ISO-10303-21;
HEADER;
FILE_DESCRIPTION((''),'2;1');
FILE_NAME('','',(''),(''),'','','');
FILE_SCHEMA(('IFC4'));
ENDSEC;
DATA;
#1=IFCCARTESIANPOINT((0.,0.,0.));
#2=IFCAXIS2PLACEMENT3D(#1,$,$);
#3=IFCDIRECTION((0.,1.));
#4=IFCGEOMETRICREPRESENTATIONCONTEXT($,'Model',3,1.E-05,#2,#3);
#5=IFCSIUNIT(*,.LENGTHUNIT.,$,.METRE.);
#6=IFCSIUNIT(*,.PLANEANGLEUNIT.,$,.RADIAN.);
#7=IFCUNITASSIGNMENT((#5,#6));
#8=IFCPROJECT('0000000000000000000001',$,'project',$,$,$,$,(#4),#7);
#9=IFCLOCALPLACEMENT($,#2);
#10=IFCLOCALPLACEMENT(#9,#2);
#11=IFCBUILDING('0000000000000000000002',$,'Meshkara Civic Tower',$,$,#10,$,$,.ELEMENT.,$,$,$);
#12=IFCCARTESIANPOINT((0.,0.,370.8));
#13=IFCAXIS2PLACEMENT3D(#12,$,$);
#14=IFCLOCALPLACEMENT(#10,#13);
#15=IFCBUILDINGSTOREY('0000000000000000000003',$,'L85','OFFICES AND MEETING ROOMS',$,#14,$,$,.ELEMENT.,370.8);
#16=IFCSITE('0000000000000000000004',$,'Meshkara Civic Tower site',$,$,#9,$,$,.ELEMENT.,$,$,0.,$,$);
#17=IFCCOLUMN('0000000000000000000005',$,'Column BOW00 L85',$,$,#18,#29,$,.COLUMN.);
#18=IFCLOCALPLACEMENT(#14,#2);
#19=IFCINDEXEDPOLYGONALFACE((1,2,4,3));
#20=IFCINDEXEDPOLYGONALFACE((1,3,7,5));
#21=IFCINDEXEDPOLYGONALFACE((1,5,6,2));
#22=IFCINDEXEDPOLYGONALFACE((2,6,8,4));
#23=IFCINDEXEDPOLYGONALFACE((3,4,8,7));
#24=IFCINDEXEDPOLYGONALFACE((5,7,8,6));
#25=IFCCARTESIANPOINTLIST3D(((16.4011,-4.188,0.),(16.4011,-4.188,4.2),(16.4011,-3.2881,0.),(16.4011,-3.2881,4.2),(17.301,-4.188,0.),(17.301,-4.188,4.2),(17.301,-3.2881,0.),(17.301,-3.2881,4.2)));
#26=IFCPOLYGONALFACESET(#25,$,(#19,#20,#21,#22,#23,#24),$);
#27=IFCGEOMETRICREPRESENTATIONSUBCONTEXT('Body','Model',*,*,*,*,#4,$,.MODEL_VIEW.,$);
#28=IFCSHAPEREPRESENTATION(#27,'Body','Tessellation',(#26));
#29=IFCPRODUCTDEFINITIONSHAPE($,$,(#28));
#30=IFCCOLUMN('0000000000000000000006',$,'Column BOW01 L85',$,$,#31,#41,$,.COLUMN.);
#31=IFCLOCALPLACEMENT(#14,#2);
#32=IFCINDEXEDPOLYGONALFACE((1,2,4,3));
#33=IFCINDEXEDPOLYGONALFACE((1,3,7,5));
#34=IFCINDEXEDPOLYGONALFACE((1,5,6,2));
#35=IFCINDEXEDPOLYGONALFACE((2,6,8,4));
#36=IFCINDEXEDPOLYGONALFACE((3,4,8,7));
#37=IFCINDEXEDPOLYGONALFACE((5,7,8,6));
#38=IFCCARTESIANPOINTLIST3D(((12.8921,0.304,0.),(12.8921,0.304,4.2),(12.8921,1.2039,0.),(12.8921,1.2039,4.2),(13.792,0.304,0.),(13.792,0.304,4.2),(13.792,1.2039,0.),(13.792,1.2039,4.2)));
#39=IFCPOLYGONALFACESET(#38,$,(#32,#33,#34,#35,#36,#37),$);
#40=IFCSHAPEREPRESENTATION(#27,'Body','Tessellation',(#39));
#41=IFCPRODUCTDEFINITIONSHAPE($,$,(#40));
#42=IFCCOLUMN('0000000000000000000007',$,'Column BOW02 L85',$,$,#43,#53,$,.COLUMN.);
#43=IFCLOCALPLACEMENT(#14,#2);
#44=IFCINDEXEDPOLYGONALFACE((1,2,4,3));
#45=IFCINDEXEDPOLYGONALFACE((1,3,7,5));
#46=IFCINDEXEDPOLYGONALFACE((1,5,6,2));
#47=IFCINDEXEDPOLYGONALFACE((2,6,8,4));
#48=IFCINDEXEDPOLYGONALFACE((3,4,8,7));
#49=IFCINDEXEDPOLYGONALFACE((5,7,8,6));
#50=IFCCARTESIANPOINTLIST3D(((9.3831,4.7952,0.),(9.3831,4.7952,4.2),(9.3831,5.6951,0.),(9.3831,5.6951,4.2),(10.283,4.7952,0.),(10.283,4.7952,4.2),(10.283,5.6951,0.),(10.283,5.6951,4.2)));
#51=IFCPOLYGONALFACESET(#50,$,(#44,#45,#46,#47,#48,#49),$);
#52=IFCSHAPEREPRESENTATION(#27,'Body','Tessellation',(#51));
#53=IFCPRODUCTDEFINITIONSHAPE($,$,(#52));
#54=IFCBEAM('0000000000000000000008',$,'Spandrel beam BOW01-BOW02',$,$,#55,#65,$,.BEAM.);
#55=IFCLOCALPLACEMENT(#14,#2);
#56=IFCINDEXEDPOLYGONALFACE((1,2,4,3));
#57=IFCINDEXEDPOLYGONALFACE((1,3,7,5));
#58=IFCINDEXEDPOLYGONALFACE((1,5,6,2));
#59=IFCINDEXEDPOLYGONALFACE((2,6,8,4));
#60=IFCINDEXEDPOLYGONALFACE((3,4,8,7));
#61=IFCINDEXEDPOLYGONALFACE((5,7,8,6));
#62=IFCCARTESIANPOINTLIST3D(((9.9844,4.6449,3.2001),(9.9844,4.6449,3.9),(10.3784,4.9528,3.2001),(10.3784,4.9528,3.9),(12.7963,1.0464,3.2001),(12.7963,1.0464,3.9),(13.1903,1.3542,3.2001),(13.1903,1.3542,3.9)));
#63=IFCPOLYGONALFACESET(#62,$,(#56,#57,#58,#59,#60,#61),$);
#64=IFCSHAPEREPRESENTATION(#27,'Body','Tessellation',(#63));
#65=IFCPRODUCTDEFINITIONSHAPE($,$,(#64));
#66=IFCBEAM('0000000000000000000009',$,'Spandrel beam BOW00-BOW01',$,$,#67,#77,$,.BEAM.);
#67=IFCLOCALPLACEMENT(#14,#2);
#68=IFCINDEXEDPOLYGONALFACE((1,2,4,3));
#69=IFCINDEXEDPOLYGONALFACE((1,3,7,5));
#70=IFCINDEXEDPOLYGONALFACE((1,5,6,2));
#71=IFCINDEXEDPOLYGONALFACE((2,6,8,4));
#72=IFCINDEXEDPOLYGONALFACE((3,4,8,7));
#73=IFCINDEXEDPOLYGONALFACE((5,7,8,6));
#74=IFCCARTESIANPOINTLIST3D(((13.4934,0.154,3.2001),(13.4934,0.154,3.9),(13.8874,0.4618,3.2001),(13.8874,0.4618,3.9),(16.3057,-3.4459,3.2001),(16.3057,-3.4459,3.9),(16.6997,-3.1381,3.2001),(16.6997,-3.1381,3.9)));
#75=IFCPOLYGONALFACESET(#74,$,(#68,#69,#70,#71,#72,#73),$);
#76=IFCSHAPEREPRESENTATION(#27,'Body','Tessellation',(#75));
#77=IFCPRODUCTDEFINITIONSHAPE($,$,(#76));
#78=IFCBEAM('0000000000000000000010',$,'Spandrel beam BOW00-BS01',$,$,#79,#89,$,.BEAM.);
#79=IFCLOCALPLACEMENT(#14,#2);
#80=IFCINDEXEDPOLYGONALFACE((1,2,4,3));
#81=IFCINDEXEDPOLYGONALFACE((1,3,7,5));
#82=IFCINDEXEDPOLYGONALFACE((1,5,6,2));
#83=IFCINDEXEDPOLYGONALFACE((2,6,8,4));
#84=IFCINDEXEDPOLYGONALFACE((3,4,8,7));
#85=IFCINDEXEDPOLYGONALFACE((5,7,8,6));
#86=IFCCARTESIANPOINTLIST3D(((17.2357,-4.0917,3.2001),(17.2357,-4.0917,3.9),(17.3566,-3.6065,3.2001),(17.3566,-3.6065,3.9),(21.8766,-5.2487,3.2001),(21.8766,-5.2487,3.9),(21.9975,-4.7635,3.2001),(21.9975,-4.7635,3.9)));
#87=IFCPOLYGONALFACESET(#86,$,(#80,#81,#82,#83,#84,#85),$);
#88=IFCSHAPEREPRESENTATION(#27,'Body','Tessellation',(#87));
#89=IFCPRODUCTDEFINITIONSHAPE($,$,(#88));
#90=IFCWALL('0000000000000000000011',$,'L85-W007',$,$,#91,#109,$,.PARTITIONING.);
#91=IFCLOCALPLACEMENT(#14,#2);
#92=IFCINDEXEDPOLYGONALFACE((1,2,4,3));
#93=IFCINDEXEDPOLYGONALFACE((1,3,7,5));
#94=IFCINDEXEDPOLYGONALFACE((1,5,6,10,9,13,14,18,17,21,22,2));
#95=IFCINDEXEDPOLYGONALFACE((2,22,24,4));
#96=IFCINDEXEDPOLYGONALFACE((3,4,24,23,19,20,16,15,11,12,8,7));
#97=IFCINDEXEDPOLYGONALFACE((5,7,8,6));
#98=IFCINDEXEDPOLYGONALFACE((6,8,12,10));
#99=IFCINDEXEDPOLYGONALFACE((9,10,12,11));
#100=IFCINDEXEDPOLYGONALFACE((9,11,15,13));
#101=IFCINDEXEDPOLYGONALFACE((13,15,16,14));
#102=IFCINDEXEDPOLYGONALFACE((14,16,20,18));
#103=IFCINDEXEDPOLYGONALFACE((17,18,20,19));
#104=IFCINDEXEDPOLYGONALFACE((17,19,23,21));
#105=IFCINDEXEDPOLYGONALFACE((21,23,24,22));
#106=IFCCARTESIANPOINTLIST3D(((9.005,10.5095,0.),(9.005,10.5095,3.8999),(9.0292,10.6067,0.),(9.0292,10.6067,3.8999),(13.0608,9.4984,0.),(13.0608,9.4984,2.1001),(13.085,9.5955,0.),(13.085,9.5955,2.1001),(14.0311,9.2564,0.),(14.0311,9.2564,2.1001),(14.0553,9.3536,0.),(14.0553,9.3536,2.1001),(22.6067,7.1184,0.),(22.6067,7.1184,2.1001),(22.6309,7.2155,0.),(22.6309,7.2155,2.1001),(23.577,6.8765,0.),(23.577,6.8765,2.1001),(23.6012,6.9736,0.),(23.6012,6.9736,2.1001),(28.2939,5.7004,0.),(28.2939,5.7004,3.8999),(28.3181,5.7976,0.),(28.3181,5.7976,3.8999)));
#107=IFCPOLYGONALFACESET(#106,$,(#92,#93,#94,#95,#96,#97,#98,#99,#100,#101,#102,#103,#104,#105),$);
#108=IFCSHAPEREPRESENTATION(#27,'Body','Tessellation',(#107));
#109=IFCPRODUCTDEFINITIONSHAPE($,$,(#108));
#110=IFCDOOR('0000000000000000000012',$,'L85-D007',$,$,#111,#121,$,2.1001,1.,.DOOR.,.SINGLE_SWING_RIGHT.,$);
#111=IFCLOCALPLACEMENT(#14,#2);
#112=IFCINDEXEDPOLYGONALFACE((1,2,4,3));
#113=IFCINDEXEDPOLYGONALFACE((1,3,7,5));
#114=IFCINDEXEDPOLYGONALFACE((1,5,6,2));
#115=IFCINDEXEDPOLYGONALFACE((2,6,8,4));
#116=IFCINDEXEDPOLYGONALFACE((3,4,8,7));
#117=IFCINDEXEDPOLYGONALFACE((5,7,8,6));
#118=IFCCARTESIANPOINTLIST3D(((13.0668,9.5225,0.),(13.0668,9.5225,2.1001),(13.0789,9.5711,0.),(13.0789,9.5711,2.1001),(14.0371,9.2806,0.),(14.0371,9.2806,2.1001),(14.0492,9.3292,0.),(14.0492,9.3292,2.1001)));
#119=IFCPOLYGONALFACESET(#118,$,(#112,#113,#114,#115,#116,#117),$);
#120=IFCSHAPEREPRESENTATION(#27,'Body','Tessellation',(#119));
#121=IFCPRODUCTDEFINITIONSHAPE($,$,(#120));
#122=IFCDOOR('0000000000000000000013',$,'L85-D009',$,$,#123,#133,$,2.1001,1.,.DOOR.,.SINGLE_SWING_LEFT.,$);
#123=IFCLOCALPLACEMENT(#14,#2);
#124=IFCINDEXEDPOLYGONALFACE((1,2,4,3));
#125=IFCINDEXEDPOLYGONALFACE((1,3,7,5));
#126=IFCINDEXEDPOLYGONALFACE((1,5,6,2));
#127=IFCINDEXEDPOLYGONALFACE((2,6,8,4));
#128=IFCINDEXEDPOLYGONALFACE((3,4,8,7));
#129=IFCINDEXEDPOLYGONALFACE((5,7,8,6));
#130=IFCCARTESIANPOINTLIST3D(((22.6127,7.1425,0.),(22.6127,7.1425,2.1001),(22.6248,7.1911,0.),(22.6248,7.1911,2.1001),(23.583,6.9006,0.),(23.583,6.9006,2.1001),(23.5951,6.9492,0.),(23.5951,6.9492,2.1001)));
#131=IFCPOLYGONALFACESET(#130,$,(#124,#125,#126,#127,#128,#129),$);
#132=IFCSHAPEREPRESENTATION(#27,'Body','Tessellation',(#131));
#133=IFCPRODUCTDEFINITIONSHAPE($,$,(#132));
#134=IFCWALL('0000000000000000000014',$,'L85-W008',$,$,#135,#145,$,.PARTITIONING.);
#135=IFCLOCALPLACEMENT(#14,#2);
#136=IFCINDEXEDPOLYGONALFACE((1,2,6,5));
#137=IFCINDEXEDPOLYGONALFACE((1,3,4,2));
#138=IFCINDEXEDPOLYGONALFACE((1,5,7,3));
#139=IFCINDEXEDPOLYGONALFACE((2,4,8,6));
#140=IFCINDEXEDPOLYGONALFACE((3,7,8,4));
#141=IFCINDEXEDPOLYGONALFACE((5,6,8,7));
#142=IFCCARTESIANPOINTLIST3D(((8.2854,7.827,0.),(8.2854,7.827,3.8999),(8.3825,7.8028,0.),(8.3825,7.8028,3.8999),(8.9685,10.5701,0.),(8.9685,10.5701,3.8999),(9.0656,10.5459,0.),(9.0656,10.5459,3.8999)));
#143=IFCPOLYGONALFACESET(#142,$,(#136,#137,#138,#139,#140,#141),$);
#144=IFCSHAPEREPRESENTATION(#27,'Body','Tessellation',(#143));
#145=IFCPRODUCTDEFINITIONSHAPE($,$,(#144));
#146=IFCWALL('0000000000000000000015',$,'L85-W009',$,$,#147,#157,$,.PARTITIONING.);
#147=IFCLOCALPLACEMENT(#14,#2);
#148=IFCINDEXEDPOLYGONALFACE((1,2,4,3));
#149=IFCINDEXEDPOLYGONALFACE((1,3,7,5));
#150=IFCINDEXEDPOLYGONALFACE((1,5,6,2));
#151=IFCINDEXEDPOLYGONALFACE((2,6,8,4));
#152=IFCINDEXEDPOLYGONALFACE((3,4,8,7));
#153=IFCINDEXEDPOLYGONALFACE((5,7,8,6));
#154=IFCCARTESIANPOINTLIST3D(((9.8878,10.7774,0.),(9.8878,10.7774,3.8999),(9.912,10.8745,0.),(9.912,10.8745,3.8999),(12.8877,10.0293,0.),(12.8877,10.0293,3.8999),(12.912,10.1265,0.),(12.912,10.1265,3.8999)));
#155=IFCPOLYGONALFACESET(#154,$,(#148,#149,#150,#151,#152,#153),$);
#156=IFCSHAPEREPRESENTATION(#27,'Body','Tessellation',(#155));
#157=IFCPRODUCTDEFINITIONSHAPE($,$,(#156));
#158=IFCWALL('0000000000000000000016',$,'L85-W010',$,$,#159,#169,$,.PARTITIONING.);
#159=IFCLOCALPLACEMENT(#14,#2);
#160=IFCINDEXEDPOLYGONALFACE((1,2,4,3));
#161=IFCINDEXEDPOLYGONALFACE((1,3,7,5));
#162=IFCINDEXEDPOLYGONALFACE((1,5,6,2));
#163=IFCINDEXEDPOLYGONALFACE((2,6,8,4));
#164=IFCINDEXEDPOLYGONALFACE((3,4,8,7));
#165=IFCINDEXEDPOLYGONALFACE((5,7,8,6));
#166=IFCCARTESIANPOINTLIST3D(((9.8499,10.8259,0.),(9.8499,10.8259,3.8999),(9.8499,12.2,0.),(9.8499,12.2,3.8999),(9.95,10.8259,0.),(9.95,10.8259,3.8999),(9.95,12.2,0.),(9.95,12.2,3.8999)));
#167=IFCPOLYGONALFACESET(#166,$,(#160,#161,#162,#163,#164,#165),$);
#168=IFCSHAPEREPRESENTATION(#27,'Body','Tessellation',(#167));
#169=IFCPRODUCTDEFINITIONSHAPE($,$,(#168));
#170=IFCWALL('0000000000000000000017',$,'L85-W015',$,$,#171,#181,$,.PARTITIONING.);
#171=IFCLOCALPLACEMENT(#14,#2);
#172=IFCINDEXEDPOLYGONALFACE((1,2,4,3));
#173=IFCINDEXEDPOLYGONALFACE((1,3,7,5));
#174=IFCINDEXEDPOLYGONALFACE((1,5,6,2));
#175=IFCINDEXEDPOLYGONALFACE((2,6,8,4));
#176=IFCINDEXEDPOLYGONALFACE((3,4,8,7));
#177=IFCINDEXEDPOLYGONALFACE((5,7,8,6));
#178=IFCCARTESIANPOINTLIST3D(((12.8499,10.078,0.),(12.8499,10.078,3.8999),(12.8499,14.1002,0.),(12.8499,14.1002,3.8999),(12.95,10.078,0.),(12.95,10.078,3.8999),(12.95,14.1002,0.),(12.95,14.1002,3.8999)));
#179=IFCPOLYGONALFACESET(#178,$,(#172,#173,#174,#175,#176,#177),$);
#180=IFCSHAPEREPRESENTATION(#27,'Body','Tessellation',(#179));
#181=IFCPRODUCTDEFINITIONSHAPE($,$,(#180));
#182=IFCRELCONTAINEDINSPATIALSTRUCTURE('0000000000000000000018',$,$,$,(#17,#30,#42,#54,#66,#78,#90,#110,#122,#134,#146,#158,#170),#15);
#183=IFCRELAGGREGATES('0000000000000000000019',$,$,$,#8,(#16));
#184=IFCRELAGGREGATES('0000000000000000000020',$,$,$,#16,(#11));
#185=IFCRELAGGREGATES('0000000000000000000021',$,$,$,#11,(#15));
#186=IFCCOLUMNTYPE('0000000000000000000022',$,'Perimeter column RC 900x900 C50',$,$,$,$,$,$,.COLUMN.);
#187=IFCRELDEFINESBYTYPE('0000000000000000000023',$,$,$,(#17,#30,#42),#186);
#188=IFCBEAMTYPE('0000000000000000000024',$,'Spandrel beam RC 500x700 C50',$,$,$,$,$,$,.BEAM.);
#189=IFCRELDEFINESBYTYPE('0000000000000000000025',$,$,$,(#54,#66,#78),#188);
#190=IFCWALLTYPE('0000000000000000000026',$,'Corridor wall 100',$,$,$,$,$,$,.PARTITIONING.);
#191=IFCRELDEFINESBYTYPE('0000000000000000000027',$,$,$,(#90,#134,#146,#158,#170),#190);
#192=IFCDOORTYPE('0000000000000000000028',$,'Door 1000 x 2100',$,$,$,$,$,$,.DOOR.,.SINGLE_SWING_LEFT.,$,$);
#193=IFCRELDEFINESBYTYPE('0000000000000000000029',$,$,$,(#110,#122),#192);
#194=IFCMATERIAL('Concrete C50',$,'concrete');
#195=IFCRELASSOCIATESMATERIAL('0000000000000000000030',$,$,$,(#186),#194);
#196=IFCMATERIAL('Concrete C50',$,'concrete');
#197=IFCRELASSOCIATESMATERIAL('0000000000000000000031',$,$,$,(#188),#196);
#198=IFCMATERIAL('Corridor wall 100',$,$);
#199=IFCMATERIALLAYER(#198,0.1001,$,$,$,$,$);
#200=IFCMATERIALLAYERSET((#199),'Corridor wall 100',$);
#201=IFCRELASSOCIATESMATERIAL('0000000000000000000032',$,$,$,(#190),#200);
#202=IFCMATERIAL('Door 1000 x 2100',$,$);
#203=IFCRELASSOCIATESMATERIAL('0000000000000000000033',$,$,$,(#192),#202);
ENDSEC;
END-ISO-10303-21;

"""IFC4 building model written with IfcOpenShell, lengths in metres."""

from ifc_helpers import new_model, si_unit, direction, frame, frame_2d, origin, origin_2d, place, context, subcontext, project, spatial, rectangle, extrude, material, layer, layer_set, material_profile, profile_set, type_object, element, fill, save


model = new_model("IFC4")

# Units and contexts
model_context = context("Model", 3, precision=1e-05, world=origin(), true_north=direction((0.0, 1.0)))
body_context = subcontext(model_context, "Body", "Model", "MODEL_VIEW")
ifc_project = project(units=[si_unit("LENGTHUNIT", "METRE"), si_unit("PLANEANGLEUNIT", "RADIAN")], contexts=[model_context])

# Site, building, storey
site_placement = place(None, origin())
site = spatial("IfcSite", under=ifc_project, at=site_placement, Name="Meshkara Civic Tower site", CompositionType="ELEMENT", RefElevation=0.0)
building_placement = place(site_placement, origin())
building = spatial("IfcBuilding", under=site, at=building_placement, Name="Meshkara Civic Tower", CompositionType="ELEMENT")
storey_placement = place(building_placement, frame((0.0, 0.0, 370.8)))
storey = spatial("IfcBuildingStorey", under=building, at=storey_placement, Name="L85", Description="OFFICES AND MEETING ROOMS", CompositionType="ELEMENT", Elevation=370.8)

# Columns
ifc_material_1 = material(Name="Concrete C50", Category="concrete")
ifc_material_profile_1 = material_profile(ifc_material_1, rectangle(XDim=0.8999, YDim=0.8999, at=origin_2d()))
ifc_profile_set_1 = profile_set([ifc_material_profile_1], Name="Concrete C50")
column_type = type_object("IfcColumnType", Name="Perimeter column RC 900x900 C50", PredefinedType="COLUMN", material=ifc_profile_set_1)
for number, where, z_axis, x_axis, name in (
    (1, (16.8511, -3.738, 0.0), (0.0, 0.0, 1.0), (1.0, 0.0, 0.0), "Column BOW00 L85"),
    (2, (13.342, 0.7539, 0.0), (0.0, 0.0, 1.0), (1.0, 0.0, 0.0), "Column BOW01 L85"),
    (3, (9.833, 5.2451, 0.0), (0.0, 0.0, 1.0), (1.0, 0.0, 0.0), "Column BOW02 L85"),
):
    element("IfcColumn", number, at=place(storey_placement, frame(where, z_axis=z_axis, x_axis=x_axis)), inside=storey, type_object=column_type, Name=name, PredefinedType="COLUMN", context=body_context, shape_type="SweptSolid", body=[
        extrude(rectangle(XDim=0.8999, YDim=0.8999, at=origin_2d()), origin(), (0.0, 0.0, 1.0), 4.2),
    ])

# Beams
ifc_material_2 = material(Name="Concrete C50", Category="concrete")
ifc_material_profile_2 = material_profile(ifc_material_2, rectangle(XDim=0.5, YDim=0.7, at=origin_2d()))
ifc_profile_set_2 = profile_set([ifc_material_profile_2], Name="Concrete C50")
beam_type = type_object("IfcBeamType", Name="Spandrel beam RC 500x700 C50", PredefinedType="BEAM", material=ifc_profile_set_2)
beam_1_placement = place(storey_placement, frame((10.1814, 4.7988, 3.55), z_axis=(0.615723, -0.787963, 0.0), x_axis=(0.787963, 0.615723, 0.0)))
element("IfcBeam", 4, at=beam_1_placement, inside=storey, type_object=beam_type, Name="Spandrel beam BOW01-BOW02", PredefinedType="BEAM", context=body_context, shape_type="SweptSolid", body=[
    extrude(rectangle(XDim=0.5, YDim=0.7, at=origin_2d()), origin(), (0.0, 0.0, 1.0), 4.5669),
])
beam_2_placement = place(storey_placement, frame((13.6904, 0.3079, 3.55), z_axis=(0.615626, -0.788038, 0.0), x_axis=(0.788038, 0.615626, 0.0)))
element("IfcBeam", 5, at=beam_2_placement, inside=storey, type_object=beam_type, Name="Spandrel beam BOW00-BOW01", PredefinedType="BEAM", context=body_context, shape_type="SweptSolid", body=[
    extrude(rectangle(XDim=0.5, YDim=0.7, at=origin_2d()), origin(), (0.0, 0.0, 1.0), 4.5681),
])
beam_3_placement = place(storey_placement, frame((17.2961, -3.8491, 3.55), z_axis=(0.970301, -0.241899, 0.0), x_axis=(0.241899, 0.970301, 0.0)))
element("IfcBeam", 6, at=beam_3_placement, inside=storey, type_object=beam_type, Name="Spandrel beam BOW00-BS01", PredefinedType="BEAM", context=body_context, shape_type="SweptSolid", body=[
    extrude(rectangle(XDim=0.5, YDim=0.7, at=origin_2d()), origin(), (0.0, 0.0, 1.0), 4.783),
])

# Wall, openings, doors
ifc_material_3 = material(Name="Corridor wall 100")
ifc_layer_1 = layer(ifc_material_3, 0.1001)
ifc_layer_set_1 = layer_set([ifc_layer_1], Name="Corridor wall 100")
wall_type_1 = type_object("IfcWallType", Name="Corridor wall 100", PredefinedType="PARTITIONING", material=ifc_layer_set_1)
wall_1_placement = place(storey_placement, frame((9.0171, 10.5581, 0.0), z_axis=(0.0, 0.0, 1.0), x_axis=(0.970298, -0.241914, 0.0)))
wall_1 = element("IfcWall", 7, at=wall_1_placement, inside=storey, type_object=wall_type_1, Name="L85-W007", PredefinedType="PARTITIONING", context=body_context, shape_type="SweptSolid", body=[
    extrude(rectangle(XDim=19.8794, YDim=0.1001, at=frame_2d((9.9397, 0.0))), origin(), (0.0, 0.0, 1.0), 3.8999),
])
opening_1_placement = place(wall_1_placement, frame((4.1799, 0.0, 0.0)))
opening_1 = element("IfcOpeningElement", 8, at=opening_1_placement, cuts=wall_1, PredefinedType="OPENING", context=body_context, shape_type="SweptSolid", body=[
    extrude(rectangle(XDim=1.0, YDim=2.1001, at=frame_2d((0.5, 1.05))), frame((0.0, 0.0601, 0.0), z_axis=(0.0, -1.0, 0.0), x_axis=(1.0, 0.0, 0.0)), (0.0, 0.0, 1.0), 0.1201),
])
opening_2_placement = place(wall_1_placement, frame((14.0181, 0.0, 0.0)))
opening_2 = element("IfcOpeningElement", 9, at=opening_2_placement, cuts=wall_1, PredefinedType="OPENING", context=body_context, shape_type="SweptSolid", body=[
    extrude(rectangle(XDim=1.0, YDim=2.1001, at=frame_2d((0.5, 1.05))), frame((0.0, 0.0601, 0.0), z_axis=(0.0, -1.0, 0.0), x_axis=(1.0, 0.0, 0.0)), (0.0, 0.0, 1.0), 0.1201),
])
ifc_material_4 = material(Name="Door 1000 x 2100")
door_type = type_object("IfcDoorType", Name="Door 1000 x 2100", OperationType="SINGLE_SWING_LEFT", PredefinedType="DOOR", material=ifc_material_4)
door_1_placement = place(opening_1_placement, origin())
door_1 = element("IfcDoor", 10, at=door_1_placement, inside=storey, type_object=door_type, Name="L85-D007", OperationType="SINGLE_SWING_RIGHT", OverallHeight=2.1001, OverallWidth=1.0, PredefinedType="DOOR", context=body_context, shape_type="SweptSolid", body=[
    extrude(rectangle(XDim=1.0, YDim=2.1001, at=frame_2d((0.5, 1.05))), frame((0.0, 0.0249, 0.0), z_axis=(0.0, -1.0, 0.0), x_axis=(1.0, 0.0, 0.0)), (0.0, 0.0, 1.0), 0.05),
])
fill(opening_1, door_1)
door_2_placement = place(opening_2_placement, origin())
door_2 = element("IfcDoor", 11, at=door_2_placement, inside=storey, type_object=door_type, Name="L85-D009", OperationType="SINGLE_SWING_LEFT", OverallHeight=2.1001, OverallWidth=1.0, PredefinedType="DOOR", context=body_context, shape_type="SweptSolid", body=[
    extrude(rectangle(XDim=1.0, YDim=2.1001, at=frame_2d((0.5, 1.05))), frame((0.0, 0.0249, 0.0), z_axis=(0.0, -1.0, 0.0), x_axis=(1.0, 0.0, 0.0)), (0.0, 0.0, 1.0), 0.05),
])
fill(opening_2, door_2)

# Walls
wall_2_placement = place(storey_placement, frame((9.0171, 10.5581, 0.0), z_axis=(0.0, 0.0, 1.0), x_axis=(-0.241641, -0.970366, 0.0)))
element("IfcWall", 12, at=wall_2_placement, inside=storey, type_object=wall_type_1, Name="L85-W008", PredefinedType="PARTITIONING", context=body_context, shape_type="SweptSolid", body=[
    extrude(rectangle(XDim=2.8269, YDim=0.1001, at=frame_2d((1.4136, 0.0))), origin(), (0.0, 0.0, 1.0), 3.8999),
])
wall_3_placement = place(storey_placement, frame((9.8999, 10.8259, 0.0), z_axis=(0.0, 0.0, 1.0), x_axis=(0.970291, -0.241941, 0.0)))
element("IfcWall", 13, at=wall_3_placement, inside=storey, type_object=wall_type_1, Name="L85-W009", PredefinedType="PARTITIONING", context=body_context, shape_type="SweptSolid", body=[
    extrude(rectangle(XDim=3.0918, YDim=0.1001, at=frame_2d((1.5459, 0.0))), origin(), (0.0, 0.0, 1.0), 3.8999),
])
wall_4_placement = place(storey_placement, frame((9.8999, 12.2, 0.0), z_axis=(0.0, 0.0, 1.0), x_axis=(0.0, -1.0, 0.0)))
element("IfcWall", 14, at=wall_4_placement, inside=storey, type_object=wall_type_1, Name="L85-W010", PredefinedType="PARTITIONING", context=body_context, shape_type="SweptSolid", body=[
    extrude(rectangle(XDim=1.374, YDim=0.1001, at=frame_2d((0.687, 0.0))), origin(), (0.0, 0.0, 1.0), 3.8999),
])
wall_5_placement = place(storey_placement, frame((12.8999, 10.0779, 0.0), z_axis=(0.0, 0.0, 1.0), x_axis=(0.0, 1.0, 0.0)))
element("IfcWall", 15, at=wall_5_placement, inside=storey, type_object=wall_type_1, Name="L85-W015", PredefinedType="PARTITIONING", context=body_context, shape_type="SweptSolid", body=[
    extrude(rectangle(XDim=4.0222, YDim=0.1001, at=frame_2d((2.0112, 0.0))), origin(), (0.0, 0.0, 1.0), 3.8999),
])

save(model, "model.ifc")
